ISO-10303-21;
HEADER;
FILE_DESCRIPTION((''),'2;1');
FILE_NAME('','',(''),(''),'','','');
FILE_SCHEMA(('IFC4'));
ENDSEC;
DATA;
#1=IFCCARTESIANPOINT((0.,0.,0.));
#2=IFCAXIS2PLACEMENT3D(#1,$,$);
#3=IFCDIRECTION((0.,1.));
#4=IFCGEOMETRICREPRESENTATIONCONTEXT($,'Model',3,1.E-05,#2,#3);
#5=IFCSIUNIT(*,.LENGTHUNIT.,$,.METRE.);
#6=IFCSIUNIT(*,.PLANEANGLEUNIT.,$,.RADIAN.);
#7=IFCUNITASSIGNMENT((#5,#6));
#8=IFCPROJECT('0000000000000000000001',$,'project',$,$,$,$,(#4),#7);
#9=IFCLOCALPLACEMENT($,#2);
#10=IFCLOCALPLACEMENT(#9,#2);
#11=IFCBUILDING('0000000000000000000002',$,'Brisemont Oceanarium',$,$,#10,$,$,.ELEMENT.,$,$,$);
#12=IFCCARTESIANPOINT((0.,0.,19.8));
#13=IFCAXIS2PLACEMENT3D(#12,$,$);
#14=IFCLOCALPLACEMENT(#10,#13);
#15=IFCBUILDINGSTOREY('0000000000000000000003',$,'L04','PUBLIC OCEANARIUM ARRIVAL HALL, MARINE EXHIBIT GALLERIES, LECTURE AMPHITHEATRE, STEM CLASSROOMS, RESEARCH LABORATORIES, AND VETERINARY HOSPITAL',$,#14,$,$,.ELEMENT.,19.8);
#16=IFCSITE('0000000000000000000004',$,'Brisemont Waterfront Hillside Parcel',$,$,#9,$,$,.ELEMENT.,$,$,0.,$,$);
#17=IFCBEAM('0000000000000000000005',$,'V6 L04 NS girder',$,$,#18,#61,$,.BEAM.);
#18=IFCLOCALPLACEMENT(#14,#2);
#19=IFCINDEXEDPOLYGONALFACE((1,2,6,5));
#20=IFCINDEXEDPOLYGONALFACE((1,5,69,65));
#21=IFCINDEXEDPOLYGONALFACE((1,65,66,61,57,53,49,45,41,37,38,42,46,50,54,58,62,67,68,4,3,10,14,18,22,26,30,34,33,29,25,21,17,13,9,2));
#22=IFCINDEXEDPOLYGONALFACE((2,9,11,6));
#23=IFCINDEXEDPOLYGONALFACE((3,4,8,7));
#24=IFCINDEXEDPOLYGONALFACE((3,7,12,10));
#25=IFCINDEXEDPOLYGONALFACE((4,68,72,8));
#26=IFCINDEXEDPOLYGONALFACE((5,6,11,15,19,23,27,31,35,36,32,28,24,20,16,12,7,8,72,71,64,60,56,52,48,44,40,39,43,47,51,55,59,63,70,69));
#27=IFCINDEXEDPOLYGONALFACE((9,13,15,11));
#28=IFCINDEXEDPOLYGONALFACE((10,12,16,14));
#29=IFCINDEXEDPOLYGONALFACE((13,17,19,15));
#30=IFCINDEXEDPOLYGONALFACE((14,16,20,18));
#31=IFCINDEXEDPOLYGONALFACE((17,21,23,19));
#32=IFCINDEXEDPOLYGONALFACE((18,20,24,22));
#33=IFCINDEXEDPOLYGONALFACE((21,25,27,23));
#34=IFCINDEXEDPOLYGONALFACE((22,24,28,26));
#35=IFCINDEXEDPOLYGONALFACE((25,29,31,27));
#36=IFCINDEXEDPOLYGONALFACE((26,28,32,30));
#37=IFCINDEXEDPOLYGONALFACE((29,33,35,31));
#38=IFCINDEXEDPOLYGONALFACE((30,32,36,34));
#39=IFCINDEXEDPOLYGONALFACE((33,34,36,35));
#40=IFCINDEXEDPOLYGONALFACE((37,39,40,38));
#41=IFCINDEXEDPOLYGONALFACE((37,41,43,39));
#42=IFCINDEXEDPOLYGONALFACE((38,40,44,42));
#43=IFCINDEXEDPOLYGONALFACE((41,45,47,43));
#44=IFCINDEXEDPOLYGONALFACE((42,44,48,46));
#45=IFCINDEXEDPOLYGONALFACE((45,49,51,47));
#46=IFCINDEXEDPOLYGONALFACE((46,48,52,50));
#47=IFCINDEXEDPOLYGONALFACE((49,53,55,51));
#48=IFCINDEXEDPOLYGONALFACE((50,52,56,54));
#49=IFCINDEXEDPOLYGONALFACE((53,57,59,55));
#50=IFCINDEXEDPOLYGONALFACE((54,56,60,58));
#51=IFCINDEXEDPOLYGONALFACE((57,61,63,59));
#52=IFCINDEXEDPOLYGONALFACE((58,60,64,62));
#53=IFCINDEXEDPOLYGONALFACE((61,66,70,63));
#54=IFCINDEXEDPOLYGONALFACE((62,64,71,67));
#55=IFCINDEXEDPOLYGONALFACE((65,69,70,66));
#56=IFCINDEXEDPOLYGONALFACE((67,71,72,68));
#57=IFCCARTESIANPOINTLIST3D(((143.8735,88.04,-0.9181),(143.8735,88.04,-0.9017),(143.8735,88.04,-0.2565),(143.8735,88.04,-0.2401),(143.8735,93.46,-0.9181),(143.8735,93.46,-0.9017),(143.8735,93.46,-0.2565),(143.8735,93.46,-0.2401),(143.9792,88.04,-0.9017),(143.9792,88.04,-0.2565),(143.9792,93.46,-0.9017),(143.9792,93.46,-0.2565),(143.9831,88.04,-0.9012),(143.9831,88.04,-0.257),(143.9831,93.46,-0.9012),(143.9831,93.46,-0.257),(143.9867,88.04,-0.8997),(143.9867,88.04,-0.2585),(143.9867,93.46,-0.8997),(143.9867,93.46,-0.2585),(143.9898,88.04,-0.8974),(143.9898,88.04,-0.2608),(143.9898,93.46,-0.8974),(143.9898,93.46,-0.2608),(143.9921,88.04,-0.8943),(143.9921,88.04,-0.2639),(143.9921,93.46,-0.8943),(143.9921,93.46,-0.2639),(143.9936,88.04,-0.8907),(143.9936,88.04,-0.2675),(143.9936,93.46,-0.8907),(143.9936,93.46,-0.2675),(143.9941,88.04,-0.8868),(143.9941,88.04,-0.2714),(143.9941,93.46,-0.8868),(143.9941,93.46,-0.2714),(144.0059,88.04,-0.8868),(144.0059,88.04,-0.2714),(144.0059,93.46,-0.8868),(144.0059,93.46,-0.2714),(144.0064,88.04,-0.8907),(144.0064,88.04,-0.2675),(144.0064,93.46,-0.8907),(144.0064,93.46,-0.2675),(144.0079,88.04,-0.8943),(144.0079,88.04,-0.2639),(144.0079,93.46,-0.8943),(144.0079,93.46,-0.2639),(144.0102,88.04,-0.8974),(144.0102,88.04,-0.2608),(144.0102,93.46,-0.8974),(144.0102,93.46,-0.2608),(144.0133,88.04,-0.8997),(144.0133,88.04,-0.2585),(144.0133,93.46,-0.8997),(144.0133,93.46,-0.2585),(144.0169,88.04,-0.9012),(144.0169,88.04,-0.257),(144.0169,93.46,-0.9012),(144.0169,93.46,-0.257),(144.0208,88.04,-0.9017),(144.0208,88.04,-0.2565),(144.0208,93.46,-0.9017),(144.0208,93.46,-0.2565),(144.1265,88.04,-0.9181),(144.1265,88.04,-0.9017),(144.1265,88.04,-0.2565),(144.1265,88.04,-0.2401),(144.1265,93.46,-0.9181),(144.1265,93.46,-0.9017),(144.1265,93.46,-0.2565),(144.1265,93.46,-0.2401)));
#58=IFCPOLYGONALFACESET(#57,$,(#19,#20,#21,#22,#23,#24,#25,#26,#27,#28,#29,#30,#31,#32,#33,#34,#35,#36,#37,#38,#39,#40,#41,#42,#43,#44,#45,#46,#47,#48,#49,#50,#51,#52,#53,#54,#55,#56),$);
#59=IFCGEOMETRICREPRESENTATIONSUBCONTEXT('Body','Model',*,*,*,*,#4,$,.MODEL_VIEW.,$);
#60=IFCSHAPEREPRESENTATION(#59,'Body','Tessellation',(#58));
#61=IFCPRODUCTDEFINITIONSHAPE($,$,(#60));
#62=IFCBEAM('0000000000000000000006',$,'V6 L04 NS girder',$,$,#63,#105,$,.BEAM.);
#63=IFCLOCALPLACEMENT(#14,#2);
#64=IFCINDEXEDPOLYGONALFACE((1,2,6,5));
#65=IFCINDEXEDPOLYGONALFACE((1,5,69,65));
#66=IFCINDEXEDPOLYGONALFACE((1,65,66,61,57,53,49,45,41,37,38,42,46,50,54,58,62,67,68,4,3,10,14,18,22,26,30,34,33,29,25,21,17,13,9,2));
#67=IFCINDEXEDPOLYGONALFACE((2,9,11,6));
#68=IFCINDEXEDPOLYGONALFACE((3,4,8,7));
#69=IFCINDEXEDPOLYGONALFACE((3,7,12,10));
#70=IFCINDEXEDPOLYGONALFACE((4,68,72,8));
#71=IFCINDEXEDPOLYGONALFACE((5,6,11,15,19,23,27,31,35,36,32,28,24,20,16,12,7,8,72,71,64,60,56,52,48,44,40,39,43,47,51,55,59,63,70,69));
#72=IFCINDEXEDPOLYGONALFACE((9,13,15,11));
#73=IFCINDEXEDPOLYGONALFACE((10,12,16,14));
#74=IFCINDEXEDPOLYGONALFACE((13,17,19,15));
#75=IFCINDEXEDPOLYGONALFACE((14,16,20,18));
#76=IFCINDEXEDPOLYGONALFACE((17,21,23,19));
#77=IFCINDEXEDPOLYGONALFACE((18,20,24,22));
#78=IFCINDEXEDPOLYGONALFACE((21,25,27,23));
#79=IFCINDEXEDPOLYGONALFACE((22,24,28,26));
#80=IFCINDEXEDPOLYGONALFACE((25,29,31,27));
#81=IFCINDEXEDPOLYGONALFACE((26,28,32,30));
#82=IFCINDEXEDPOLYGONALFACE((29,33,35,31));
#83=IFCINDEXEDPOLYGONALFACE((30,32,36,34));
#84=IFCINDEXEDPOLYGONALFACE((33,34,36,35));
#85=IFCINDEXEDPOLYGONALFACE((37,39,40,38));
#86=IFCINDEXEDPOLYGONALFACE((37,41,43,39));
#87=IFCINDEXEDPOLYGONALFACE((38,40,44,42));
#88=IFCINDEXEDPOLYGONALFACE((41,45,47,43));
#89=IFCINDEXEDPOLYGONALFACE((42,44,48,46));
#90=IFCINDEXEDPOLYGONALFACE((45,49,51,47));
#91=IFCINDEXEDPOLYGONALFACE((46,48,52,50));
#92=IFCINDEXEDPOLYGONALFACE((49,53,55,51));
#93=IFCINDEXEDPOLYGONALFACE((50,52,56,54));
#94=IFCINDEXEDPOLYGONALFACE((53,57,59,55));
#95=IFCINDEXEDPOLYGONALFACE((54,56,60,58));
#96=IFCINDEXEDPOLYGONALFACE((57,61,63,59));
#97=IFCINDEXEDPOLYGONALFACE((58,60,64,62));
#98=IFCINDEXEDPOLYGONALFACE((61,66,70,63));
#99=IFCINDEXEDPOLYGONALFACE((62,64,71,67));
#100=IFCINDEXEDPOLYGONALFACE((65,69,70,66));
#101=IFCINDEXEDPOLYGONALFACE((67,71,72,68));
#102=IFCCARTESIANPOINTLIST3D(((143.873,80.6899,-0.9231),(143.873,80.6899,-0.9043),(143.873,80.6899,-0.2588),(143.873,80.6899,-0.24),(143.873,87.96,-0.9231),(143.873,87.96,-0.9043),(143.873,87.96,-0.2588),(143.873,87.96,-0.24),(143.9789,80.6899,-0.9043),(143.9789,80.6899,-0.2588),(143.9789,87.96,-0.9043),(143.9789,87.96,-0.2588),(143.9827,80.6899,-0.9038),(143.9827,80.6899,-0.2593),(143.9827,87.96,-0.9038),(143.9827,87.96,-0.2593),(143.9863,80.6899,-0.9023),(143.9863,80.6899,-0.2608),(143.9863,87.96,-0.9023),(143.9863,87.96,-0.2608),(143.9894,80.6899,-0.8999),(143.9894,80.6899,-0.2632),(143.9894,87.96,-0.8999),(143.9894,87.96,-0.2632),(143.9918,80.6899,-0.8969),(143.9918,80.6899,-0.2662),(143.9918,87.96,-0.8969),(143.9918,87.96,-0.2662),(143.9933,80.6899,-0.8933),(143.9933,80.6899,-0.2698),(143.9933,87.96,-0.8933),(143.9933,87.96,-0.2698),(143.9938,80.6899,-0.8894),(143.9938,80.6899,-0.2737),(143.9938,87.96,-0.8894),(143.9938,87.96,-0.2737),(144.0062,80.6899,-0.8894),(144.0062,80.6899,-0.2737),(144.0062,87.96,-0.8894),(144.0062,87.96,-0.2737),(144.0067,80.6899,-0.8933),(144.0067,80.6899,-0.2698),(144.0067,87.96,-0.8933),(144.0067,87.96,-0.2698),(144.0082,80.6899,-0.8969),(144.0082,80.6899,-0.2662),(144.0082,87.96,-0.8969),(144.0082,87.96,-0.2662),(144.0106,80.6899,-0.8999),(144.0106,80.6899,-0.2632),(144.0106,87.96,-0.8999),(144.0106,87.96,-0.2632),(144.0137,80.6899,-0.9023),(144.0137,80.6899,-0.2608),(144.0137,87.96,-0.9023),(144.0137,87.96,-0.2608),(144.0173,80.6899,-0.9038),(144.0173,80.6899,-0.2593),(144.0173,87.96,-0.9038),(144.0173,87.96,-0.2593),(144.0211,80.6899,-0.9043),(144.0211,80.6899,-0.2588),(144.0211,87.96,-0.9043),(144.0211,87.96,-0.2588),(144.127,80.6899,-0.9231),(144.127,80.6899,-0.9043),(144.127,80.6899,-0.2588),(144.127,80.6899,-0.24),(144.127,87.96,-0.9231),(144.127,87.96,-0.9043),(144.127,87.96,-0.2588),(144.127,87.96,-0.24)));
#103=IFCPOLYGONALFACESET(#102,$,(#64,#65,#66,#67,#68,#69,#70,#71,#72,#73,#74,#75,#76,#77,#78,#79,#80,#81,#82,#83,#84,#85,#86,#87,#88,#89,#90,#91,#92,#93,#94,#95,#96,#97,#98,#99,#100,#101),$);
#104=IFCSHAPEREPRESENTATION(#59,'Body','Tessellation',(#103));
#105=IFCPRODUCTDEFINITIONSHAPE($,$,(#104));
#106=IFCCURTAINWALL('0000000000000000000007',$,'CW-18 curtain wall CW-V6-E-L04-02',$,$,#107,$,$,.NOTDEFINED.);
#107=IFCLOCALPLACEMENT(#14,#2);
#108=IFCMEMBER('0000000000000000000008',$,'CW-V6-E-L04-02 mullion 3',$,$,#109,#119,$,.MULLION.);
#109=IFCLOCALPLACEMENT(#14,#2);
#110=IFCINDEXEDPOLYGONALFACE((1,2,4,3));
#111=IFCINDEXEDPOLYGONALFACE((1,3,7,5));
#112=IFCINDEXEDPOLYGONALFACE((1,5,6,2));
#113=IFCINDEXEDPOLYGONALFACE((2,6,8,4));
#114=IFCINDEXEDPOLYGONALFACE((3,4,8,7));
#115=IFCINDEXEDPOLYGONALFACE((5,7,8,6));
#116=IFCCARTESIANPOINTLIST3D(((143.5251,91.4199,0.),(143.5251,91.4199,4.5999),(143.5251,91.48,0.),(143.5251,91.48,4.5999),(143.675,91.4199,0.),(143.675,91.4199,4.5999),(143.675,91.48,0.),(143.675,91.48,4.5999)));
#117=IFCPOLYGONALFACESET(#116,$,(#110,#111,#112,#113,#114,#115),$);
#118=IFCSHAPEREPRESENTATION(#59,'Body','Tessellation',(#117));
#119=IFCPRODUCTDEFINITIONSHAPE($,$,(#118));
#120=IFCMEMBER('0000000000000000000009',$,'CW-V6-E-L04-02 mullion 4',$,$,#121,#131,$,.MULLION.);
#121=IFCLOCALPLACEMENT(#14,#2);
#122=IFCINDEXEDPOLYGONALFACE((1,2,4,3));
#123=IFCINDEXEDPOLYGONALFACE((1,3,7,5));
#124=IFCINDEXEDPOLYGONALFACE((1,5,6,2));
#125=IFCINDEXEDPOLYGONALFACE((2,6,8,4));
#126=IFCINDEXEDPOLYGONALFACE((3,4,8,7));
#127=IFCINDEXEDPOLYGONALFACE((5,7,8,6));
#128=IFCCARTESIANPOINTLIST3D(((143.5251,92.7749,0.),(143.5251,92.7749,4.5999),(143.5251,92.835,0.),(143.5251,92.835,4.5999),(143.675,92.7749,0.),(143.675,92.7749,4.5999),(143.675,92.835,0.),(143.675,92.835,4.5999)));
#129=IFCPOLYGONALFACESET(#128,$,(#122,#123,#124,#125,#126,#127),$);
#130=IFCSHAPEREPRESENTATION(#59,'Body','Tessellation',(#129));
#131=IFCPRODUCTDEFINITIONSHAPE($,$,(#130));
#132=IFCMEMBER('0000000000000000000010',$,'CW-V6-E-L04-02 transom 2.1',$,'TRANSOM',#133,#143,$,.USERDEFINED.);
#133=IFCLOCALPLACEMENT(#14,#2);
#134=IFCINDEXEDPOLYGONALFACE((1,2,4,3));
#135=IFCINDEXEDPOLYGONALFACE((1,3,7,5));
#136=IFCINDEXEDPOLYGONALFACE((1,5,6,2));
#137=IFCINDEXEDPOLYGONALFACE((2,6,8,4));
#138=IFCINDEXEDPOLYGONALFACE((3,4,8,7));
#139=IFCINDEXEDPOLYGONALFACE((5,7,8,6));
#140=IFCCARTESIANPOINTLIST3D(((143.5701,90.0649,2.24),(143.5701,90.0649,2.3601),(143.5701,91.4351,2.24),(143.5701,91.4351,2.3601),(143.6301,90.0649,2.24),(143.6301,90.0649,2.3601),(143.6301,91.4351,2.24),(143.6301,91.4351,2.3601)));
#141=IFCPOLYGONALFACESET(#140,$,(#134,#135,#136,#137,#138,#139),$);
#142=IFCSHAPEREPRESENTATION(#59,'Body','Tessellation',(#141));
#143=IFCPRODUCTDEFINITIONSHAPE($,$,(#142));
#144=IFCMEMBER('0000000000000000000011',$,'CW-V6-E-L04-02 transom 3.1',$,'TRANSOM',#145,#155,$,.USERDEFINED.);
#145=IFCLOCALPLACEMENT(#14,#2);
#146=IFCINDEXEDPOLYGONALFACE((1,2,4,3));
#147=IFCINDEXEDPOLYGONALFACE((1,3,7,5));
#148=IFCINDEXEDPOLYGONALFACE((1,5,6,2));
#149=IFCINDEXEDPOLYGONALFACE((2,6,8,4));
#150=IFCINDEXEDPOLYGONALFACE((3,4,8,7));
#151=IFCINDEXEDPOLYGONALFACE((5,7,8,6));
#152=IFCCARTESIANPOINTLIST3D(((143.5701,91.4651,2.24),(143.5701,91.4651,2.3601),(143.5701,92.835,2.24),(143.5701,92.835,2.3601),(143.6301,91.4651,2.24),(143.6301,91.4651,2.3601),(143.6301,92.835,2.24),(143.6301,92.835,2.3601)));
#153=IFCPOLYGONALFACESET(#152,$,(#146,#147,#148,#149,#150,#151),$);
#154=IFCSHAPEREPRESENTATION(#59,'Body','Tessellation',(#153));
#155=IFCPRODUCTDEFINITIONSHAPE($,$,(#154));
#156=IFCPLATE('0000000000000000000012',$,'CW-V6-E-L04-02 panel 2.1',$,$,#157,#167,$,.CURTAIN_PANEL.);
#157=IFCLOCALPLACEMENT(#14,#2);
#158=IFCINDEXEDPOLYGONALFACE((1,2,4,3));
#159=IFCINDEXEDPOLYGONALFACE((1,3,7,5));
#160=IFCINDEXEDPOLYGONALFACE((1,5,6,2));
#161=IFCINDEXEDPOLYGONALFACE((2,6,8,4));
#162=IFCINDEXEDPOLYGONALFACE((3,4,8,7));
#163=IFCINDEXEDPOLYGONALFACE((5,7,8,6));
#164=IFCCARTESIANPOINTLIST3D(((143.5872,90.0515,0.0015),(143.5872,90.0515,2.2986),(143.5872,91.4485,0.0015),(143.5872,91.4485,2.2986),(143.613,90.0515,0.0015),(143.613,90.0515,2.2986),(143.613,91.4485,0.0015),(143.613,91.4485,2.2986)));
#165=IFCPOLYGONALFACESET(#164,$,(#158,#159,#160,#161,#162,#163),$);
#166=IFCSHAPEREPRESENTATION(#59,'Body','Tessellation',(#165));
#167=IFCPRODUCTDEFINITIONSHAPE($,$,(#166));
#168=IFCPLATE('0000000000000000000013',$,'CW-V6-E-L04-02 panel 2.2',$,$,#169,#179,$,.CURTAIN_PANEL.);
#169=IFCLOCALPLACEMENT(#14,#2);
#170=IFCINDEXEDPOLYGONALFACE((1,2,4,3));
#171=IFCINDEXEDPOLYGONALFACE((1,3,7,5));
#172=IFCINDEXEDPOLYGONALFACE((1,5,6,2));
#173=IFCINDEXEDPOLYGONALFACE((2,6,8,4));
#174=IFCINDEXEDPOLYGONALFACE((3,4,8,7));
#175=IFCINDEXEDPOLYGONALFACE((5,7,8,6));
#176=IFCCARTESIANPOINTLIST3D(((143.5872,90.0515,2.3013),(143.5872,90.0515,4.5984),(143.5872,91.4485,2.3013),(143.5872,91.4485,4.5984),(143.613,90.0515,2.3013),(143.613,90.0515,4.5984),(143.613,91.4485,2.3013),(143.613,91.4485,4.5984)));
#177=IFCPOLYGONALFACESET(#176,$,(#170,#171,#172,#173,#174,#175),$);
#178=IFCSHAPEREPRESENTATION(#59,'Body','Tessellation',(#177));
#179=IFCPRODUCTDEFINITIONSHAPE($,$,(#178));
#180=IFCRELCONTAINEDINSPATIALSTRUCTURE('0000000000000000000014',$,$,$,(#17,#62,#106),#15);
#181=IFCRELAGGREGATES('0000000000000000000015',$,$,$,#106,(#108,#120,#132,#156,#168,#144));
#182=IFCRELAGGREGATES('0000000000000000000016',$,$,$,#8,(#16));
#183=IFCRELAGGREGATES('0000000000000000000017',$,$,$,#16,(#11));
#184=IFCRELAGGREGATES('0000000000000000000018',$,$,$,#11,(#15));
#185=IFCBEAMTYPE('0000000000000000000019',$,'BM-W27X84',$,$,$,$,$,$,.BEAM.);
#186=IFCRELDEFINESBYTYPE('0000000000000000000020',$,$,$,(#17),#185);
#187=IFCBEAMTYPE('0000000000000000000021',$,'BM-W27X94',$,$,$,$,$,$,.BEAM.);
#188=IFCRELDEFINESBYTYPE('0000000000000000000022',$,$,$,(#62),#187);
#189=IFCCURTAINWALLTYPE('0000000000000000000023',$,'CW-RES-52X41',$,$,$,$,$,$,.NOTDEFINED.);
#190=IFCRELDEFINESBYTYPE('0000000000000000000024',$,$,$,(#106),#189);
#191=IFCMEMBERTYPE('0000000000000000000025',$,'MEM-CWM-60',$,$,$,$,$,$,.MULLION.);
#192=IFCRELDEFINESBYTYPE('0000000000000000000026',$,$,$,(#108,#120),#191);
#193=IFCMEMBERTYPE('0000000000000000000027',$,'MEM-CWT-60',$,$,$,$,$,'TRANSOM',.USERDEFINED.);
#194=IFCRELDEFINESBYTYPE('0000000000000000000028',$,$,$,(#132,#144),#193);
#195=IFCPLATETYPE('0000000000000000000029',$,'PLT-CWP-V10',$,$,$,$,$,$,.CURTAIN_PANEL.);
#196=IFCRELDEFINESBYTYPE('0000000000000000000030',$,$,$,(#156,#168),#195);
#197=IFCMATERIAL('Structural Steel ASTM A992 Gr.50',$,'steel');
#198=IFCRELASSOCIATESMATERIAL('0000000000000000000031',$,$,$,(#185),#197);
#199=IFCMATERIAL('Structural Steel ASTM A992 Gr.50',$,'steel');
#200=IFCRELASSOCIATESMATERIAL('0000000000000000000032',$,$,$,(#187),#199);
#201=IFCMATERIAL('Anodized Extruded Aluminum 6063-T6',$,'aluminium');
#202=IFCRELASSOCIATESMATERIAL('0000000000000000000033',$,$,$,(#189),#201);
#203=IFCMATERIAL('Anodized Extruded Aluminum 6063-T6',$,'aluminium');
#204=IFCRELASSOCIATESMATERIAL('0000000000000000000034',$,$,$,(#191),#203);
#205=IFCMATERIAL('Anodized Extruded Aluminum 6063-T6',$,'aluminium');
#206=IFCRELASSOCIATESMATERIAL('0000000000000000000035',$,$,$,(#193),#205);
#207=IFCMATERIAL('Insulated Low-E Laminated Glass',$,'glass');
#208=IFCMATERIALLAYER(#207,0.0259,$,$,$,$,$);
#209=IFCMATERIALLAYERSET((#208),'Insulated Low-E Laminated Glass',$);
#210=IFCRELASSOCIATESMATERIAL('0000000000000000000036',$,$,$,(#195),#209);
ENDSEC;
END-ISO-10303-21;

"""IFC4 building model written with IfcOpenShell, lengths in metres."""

from ifc_helpers import new_model, si_unit, direction, frame, origin, origin_2d, place, context, subcontext, project, spatial, rectangle, i_section, extrude, material, layer, layer_set, material_profile, profile_set, type_object, element, aggregate, save


model = new_model("IFC4")

# Units and contexts
model_context = context("Model", 3, precision=1e-05, world=origin(), true_north=direction((0.0, 1.0)))
body_context = subcontext(model_context, "Body", "Model", "MODEL_VIEW")
ifc_project = project(units=[si_unit("LENGTHUNIT", "METRE"), si_unit("PLANEANGLEUNIT", "RADIAN")], contexts=[model_context])

# Site, building, storey
site_placement = place(None, origin())
site = spatial("IfcSite", under=ifc_project, at=site_placement, Name="Brisemont Waterfront Hillside Parcel", CompositionType="ELEMENT", RefElevation=0.0)
building_placement = place(site_placement, origin())
building = spatial("IfcBuilding", under=site, at=building_placement, Name="Brisemont Oceanarium", CompositionType="ELEMENT")
storey_placement = place(building_placement, frame((0.0, 0.0, 19.8)))
storey = spatial("IfcBuildingStorey", under=building, at=storey_placement, Name="L04", Description="PUBLIC OCEANARIUM ARRIVAL HALL, MARINE EXHIBIT GALLERIES, LECTURE AMPHITHEATRE, STEM CLASSROOMS, RESEARCH LABORATORIES, AND VETERINARY HOSPITAL", CompositionType="ELEMENT", Elevation=19.8)

# Beams
ifc_material_1 = material(Name="Structural Steel ASTM A992 Gr.50", Category="steel")
ifc_material_profile_1 = material_profile(ifc_material_1, i_section(OverallWidth=0.2529, OverallDepth=0.678, WebThickness=0.0117, FlangeThickness=0.0164, FilletRadius=0.0149, at=origin_2d()), Name="W27X84")
ifc_profile_set_1 = profile_set([ifc_material_profile_1], Name="Structural Steel ASTM A992 Gr.50")
beam_type_1 = type_object("IfcBeamType", Name="BM-W27X84", PredefinedType="BEAM", material=ifc_profile_set_1)
beam_1_placement = place(storey_placement, frame((144.0, 88.04, -0.5791), z_axis=(0.0, 1.0, 0.0), x_axis=(-1.0, 0.0, 0.0)))
element("IfcBeam", 1, at=beam_1_placement, inside=storey, type_object=beam_type_1, Name="V6 L04 NS girder", PredefinedType="BEAM", context=body_context, shape_type="SweptSolid", body=[
    extrude(i_section(OverallWidth=0.2529, OverallDepth=0.678, WebThickness=0.0117, FlangeThickness=0.0164, FilletRadius=0.0149, at=origin_2d()), origin(), (0.0, 0.0, 1.0), 5.4199),
])
ifc_material_2 = material(Name="Structural Steel ASTM A992 Gr.50", Category="steel")
ifc_material_profile_2 = material_profile(ifc_material_2, i_section(OverallWidth=0.2539, OverallDepth=0.6831, WebThickness=0.0125, FlangeThickness=0.0188, FilletRadius=0.0149, at=origin_2d()), Name="W27X94")
ifc_profile_set_2 = profile_set([ifc_material_profile_2], Name="Structural Steel ASTM A992 Gr.50")
beam_type_2 = type_object("IfcBeamType", Name="BM-W27X94", PredefinedType="BEAM", material=ifc_profile_set_2)
beam_2_placement = place(storey_placement, frame((144.0, 80.6899, -0.5815), z_axis=(0.0, 1.0, 0.0), x_axis=(-1.0, 0.0, 0.0)))
element("IfcBeam", 2, at=beam_2_placement, inside=storey, type_object=beam_type_2, Name="V6 L04 NS girder", PredefinedType="BEAM", context=body_context, shape_type="SweptSolid", body=[
    extrude(i_section(OverallWidth=0.2539, OverallDepth=0.6831, WebThickness=0.0125, FlangeThickness=0.0188, FilletRadius=0.0149, at=origin_2d()), origin(), (0.0, 0.0, 1.0), 7.27),
])

# Curtain wall, members, plates
ifc_material_3 = material(Name="Anodized Extruded Aluminum 6063-T6", Category="aluminium")
curtain_wall_type = type_object("IfcCurtainWallType", Name="CW-RES-52X41", PredefinedType="NOTDEFINED", material=ifc_material_3)
curtain_wall_placement = place(storey_placement, origin())
curtain_wall = element("IfcCurtainWall", 3, at=curtain_wall_placement, inside=storey, type_object=curtain_wall_type, Name="CW-18 curtain wall CW-V6-E-L04-02", PredefinedType="NOTDEFINED")
ifc_material_4 = material(Name="Anodized Extruded Aluminum 6063-T6", Category="aluminium")
ifc_material_profile_3 = material_profile(ifc_material_4, rectangle(XDim=0.0601, YDim=0.1499, at=origin_2d()), Name="CWM-60X150")
ifc_profile_set_3 = profile_set([ifc_material_profile_3], Name="Anodized Extruded Aluminum 6063-T6")
member_type_1 = type_object("IfcMemberType", Name="MEM-CWM-60", PredefinedType="MULLION", material=ifc_profile_set_3)
member_1_placement = place(storey_placement, frame((143.6001, 91.45, 0.0), z_axis=(0.0, 0.0, 1.0), x_axis=(0.0, 1.0, 0.0)))
member_1 = element("IfcMember", 4, at=member_1_placement, type_object=member_type_1, Name="CW-V6-E-L04-02 mullion 3", PredefinedType="MULLION", context=body_context, shape_type="SweptSolid", body=[
    extrude(rectangle(XDim=0.0601, YDim=0.1499, at=origin_2d()), origin(), (0.0, 0.0, 1.0), 4.5999),
])
member_2_placement = place(storey_placement, frame((143.6001, 92.8049, 0.0), z_axis=(0.0, 0.0, 1.0), x_axis=(0.0, 1.0, 0.0)))
member_2 = element("IfcMember", 5, at=member_2_placement, type_object=member_type_1, Name="CW-V6-E-L04-02 mullion 4", PredefinedType="MULLION", context=body_context, shape_type="SweptSolid", body=[
    extrude(rectangle(XDim=0.0601, YDim=0.1499, at=origin_2d()), origin(), (0.0, 0.0, 1.0), 4.5999),
])
ifc_material_5 = material(Name="Anodized Extruded Aluminum 6063-T6", Category="aluminium")
ifc_material_profile_4 = material_profile(ifc_material_5, rectangle(XDim=0.0601, YDim=0.1201, at=origin_2d()), Name="CWT-60X120")
ifc_profile_set_4 = profile_set([ifc_material_profile_4], Name="Anodized Extruded Aluminum 6063-T6")
member_type_2 = type_object("IfcMemberType", Name="MEM-CWT-60", ElementType="TRANSOM", PredefinedType="USERDEFINED", material=ifc_profile_set_4)
member_3_placement = place(storey_placement, frame((143.6001, 90.0649, 2.3), z_axis=(0.0, 1.0, 0.0), x_axis=(-1.0, 0.0, 0.0)))
member_3 = element("IfcMember", 6, at=member_3_placement, type_object=member_type_2, Name="CW-V6-E-L04-02 transom 2.1", ObjectType="TRANSOM", PredefinedType="USERDEFINED", context=body_context, shape_type="SweptSolid", body=[
    extrude(rectangle(XDim=0.0601, YDim=0.1201, at=origin_2d()), origin(), (0.0, 0.0, 1.0), 1.3701),
])
member_4_placement = place(storey_placement, frame((143.6001, 91.4651, 2.3), z_axis=(0.0, 1.0, 0.0), x_axis=(-1.0, 0.0, 0.0)))
member_4 = element("IfcMember", 7, at=member_4_placement, type_object=member_type_2, Name="CW-V6-E-L04-02 transom 3.1", ObjectType="TRANSOM", PredefinedType="USERDEFINED", context=body_context, shape_type="SweptSolid", body=[
    extrude(rectangle(XDim=0.0601, YDim=0.1201, at=origin_2d()), origin(), (0.0, 0.0, 1.0), 1.3699),
])
ifc_material_6 = material(Name="Insulated Low-E Laminated Glass", Category="glass")
ifc_layer_1 = layer(ifc_material_6, 0.0259)
ifc_layer_set_1 = layer_set([ifc_layer_1], Name="Insulated Low-E Laminated Glass")
plate_type = type_object("IfcPlateType", Name="PLT-CWP-V10", PredefinedType="CURTAIN_PANEL", material=ifc_layer_set_1)
plate_1_placement = place(storey_placement, frame((143.6001, 90.75, 0.0015), z_axis=(0.0, 0.0, 1.0), x_axis=(0.0, 1.0, 0.0)))
plate_1 = element("IfcPlate", 8, at=plate_1_placement, type_object=plate_type, Name="CW-V6-E-L04-02 panel 2.1", PredefinedType="CURTAIN_PANEL", context=body_context, shape_type="SweptSolid", body=[
    extrude(rectangle(XDim=1.397, YDim=0.0259, at=origin_2d()), origin(), (0.0, 0.0, 1.0), 2.2971),
])
plate_2_placement = place(storey_placement, frame((143.6001, 90.75, 2.3013), z_axis=(0.0, 0.0, 1.0), x_axis=(0.0, 1.0, 0.0)))
plate_2 = element("IfcPlate", 9, at=plate_2_placement, type_object=plate_type, Name="CW-V6-E-L04-02 panel 2.2", PredefinedType="CURTAIN_PANEL", context=body_context, shape_type="SweptSolid", body=[
    extrude(rectangle(XDim=1.397, YDim=0.0259, at=origin_2d()), origin(), (0.0, 0.0, 1.0), 2.2971),
])
aggregate(curtain_wall, [member_1, member_2, member_3, plate_1, plate_2, member_4])

save(model, "model.ifc")
